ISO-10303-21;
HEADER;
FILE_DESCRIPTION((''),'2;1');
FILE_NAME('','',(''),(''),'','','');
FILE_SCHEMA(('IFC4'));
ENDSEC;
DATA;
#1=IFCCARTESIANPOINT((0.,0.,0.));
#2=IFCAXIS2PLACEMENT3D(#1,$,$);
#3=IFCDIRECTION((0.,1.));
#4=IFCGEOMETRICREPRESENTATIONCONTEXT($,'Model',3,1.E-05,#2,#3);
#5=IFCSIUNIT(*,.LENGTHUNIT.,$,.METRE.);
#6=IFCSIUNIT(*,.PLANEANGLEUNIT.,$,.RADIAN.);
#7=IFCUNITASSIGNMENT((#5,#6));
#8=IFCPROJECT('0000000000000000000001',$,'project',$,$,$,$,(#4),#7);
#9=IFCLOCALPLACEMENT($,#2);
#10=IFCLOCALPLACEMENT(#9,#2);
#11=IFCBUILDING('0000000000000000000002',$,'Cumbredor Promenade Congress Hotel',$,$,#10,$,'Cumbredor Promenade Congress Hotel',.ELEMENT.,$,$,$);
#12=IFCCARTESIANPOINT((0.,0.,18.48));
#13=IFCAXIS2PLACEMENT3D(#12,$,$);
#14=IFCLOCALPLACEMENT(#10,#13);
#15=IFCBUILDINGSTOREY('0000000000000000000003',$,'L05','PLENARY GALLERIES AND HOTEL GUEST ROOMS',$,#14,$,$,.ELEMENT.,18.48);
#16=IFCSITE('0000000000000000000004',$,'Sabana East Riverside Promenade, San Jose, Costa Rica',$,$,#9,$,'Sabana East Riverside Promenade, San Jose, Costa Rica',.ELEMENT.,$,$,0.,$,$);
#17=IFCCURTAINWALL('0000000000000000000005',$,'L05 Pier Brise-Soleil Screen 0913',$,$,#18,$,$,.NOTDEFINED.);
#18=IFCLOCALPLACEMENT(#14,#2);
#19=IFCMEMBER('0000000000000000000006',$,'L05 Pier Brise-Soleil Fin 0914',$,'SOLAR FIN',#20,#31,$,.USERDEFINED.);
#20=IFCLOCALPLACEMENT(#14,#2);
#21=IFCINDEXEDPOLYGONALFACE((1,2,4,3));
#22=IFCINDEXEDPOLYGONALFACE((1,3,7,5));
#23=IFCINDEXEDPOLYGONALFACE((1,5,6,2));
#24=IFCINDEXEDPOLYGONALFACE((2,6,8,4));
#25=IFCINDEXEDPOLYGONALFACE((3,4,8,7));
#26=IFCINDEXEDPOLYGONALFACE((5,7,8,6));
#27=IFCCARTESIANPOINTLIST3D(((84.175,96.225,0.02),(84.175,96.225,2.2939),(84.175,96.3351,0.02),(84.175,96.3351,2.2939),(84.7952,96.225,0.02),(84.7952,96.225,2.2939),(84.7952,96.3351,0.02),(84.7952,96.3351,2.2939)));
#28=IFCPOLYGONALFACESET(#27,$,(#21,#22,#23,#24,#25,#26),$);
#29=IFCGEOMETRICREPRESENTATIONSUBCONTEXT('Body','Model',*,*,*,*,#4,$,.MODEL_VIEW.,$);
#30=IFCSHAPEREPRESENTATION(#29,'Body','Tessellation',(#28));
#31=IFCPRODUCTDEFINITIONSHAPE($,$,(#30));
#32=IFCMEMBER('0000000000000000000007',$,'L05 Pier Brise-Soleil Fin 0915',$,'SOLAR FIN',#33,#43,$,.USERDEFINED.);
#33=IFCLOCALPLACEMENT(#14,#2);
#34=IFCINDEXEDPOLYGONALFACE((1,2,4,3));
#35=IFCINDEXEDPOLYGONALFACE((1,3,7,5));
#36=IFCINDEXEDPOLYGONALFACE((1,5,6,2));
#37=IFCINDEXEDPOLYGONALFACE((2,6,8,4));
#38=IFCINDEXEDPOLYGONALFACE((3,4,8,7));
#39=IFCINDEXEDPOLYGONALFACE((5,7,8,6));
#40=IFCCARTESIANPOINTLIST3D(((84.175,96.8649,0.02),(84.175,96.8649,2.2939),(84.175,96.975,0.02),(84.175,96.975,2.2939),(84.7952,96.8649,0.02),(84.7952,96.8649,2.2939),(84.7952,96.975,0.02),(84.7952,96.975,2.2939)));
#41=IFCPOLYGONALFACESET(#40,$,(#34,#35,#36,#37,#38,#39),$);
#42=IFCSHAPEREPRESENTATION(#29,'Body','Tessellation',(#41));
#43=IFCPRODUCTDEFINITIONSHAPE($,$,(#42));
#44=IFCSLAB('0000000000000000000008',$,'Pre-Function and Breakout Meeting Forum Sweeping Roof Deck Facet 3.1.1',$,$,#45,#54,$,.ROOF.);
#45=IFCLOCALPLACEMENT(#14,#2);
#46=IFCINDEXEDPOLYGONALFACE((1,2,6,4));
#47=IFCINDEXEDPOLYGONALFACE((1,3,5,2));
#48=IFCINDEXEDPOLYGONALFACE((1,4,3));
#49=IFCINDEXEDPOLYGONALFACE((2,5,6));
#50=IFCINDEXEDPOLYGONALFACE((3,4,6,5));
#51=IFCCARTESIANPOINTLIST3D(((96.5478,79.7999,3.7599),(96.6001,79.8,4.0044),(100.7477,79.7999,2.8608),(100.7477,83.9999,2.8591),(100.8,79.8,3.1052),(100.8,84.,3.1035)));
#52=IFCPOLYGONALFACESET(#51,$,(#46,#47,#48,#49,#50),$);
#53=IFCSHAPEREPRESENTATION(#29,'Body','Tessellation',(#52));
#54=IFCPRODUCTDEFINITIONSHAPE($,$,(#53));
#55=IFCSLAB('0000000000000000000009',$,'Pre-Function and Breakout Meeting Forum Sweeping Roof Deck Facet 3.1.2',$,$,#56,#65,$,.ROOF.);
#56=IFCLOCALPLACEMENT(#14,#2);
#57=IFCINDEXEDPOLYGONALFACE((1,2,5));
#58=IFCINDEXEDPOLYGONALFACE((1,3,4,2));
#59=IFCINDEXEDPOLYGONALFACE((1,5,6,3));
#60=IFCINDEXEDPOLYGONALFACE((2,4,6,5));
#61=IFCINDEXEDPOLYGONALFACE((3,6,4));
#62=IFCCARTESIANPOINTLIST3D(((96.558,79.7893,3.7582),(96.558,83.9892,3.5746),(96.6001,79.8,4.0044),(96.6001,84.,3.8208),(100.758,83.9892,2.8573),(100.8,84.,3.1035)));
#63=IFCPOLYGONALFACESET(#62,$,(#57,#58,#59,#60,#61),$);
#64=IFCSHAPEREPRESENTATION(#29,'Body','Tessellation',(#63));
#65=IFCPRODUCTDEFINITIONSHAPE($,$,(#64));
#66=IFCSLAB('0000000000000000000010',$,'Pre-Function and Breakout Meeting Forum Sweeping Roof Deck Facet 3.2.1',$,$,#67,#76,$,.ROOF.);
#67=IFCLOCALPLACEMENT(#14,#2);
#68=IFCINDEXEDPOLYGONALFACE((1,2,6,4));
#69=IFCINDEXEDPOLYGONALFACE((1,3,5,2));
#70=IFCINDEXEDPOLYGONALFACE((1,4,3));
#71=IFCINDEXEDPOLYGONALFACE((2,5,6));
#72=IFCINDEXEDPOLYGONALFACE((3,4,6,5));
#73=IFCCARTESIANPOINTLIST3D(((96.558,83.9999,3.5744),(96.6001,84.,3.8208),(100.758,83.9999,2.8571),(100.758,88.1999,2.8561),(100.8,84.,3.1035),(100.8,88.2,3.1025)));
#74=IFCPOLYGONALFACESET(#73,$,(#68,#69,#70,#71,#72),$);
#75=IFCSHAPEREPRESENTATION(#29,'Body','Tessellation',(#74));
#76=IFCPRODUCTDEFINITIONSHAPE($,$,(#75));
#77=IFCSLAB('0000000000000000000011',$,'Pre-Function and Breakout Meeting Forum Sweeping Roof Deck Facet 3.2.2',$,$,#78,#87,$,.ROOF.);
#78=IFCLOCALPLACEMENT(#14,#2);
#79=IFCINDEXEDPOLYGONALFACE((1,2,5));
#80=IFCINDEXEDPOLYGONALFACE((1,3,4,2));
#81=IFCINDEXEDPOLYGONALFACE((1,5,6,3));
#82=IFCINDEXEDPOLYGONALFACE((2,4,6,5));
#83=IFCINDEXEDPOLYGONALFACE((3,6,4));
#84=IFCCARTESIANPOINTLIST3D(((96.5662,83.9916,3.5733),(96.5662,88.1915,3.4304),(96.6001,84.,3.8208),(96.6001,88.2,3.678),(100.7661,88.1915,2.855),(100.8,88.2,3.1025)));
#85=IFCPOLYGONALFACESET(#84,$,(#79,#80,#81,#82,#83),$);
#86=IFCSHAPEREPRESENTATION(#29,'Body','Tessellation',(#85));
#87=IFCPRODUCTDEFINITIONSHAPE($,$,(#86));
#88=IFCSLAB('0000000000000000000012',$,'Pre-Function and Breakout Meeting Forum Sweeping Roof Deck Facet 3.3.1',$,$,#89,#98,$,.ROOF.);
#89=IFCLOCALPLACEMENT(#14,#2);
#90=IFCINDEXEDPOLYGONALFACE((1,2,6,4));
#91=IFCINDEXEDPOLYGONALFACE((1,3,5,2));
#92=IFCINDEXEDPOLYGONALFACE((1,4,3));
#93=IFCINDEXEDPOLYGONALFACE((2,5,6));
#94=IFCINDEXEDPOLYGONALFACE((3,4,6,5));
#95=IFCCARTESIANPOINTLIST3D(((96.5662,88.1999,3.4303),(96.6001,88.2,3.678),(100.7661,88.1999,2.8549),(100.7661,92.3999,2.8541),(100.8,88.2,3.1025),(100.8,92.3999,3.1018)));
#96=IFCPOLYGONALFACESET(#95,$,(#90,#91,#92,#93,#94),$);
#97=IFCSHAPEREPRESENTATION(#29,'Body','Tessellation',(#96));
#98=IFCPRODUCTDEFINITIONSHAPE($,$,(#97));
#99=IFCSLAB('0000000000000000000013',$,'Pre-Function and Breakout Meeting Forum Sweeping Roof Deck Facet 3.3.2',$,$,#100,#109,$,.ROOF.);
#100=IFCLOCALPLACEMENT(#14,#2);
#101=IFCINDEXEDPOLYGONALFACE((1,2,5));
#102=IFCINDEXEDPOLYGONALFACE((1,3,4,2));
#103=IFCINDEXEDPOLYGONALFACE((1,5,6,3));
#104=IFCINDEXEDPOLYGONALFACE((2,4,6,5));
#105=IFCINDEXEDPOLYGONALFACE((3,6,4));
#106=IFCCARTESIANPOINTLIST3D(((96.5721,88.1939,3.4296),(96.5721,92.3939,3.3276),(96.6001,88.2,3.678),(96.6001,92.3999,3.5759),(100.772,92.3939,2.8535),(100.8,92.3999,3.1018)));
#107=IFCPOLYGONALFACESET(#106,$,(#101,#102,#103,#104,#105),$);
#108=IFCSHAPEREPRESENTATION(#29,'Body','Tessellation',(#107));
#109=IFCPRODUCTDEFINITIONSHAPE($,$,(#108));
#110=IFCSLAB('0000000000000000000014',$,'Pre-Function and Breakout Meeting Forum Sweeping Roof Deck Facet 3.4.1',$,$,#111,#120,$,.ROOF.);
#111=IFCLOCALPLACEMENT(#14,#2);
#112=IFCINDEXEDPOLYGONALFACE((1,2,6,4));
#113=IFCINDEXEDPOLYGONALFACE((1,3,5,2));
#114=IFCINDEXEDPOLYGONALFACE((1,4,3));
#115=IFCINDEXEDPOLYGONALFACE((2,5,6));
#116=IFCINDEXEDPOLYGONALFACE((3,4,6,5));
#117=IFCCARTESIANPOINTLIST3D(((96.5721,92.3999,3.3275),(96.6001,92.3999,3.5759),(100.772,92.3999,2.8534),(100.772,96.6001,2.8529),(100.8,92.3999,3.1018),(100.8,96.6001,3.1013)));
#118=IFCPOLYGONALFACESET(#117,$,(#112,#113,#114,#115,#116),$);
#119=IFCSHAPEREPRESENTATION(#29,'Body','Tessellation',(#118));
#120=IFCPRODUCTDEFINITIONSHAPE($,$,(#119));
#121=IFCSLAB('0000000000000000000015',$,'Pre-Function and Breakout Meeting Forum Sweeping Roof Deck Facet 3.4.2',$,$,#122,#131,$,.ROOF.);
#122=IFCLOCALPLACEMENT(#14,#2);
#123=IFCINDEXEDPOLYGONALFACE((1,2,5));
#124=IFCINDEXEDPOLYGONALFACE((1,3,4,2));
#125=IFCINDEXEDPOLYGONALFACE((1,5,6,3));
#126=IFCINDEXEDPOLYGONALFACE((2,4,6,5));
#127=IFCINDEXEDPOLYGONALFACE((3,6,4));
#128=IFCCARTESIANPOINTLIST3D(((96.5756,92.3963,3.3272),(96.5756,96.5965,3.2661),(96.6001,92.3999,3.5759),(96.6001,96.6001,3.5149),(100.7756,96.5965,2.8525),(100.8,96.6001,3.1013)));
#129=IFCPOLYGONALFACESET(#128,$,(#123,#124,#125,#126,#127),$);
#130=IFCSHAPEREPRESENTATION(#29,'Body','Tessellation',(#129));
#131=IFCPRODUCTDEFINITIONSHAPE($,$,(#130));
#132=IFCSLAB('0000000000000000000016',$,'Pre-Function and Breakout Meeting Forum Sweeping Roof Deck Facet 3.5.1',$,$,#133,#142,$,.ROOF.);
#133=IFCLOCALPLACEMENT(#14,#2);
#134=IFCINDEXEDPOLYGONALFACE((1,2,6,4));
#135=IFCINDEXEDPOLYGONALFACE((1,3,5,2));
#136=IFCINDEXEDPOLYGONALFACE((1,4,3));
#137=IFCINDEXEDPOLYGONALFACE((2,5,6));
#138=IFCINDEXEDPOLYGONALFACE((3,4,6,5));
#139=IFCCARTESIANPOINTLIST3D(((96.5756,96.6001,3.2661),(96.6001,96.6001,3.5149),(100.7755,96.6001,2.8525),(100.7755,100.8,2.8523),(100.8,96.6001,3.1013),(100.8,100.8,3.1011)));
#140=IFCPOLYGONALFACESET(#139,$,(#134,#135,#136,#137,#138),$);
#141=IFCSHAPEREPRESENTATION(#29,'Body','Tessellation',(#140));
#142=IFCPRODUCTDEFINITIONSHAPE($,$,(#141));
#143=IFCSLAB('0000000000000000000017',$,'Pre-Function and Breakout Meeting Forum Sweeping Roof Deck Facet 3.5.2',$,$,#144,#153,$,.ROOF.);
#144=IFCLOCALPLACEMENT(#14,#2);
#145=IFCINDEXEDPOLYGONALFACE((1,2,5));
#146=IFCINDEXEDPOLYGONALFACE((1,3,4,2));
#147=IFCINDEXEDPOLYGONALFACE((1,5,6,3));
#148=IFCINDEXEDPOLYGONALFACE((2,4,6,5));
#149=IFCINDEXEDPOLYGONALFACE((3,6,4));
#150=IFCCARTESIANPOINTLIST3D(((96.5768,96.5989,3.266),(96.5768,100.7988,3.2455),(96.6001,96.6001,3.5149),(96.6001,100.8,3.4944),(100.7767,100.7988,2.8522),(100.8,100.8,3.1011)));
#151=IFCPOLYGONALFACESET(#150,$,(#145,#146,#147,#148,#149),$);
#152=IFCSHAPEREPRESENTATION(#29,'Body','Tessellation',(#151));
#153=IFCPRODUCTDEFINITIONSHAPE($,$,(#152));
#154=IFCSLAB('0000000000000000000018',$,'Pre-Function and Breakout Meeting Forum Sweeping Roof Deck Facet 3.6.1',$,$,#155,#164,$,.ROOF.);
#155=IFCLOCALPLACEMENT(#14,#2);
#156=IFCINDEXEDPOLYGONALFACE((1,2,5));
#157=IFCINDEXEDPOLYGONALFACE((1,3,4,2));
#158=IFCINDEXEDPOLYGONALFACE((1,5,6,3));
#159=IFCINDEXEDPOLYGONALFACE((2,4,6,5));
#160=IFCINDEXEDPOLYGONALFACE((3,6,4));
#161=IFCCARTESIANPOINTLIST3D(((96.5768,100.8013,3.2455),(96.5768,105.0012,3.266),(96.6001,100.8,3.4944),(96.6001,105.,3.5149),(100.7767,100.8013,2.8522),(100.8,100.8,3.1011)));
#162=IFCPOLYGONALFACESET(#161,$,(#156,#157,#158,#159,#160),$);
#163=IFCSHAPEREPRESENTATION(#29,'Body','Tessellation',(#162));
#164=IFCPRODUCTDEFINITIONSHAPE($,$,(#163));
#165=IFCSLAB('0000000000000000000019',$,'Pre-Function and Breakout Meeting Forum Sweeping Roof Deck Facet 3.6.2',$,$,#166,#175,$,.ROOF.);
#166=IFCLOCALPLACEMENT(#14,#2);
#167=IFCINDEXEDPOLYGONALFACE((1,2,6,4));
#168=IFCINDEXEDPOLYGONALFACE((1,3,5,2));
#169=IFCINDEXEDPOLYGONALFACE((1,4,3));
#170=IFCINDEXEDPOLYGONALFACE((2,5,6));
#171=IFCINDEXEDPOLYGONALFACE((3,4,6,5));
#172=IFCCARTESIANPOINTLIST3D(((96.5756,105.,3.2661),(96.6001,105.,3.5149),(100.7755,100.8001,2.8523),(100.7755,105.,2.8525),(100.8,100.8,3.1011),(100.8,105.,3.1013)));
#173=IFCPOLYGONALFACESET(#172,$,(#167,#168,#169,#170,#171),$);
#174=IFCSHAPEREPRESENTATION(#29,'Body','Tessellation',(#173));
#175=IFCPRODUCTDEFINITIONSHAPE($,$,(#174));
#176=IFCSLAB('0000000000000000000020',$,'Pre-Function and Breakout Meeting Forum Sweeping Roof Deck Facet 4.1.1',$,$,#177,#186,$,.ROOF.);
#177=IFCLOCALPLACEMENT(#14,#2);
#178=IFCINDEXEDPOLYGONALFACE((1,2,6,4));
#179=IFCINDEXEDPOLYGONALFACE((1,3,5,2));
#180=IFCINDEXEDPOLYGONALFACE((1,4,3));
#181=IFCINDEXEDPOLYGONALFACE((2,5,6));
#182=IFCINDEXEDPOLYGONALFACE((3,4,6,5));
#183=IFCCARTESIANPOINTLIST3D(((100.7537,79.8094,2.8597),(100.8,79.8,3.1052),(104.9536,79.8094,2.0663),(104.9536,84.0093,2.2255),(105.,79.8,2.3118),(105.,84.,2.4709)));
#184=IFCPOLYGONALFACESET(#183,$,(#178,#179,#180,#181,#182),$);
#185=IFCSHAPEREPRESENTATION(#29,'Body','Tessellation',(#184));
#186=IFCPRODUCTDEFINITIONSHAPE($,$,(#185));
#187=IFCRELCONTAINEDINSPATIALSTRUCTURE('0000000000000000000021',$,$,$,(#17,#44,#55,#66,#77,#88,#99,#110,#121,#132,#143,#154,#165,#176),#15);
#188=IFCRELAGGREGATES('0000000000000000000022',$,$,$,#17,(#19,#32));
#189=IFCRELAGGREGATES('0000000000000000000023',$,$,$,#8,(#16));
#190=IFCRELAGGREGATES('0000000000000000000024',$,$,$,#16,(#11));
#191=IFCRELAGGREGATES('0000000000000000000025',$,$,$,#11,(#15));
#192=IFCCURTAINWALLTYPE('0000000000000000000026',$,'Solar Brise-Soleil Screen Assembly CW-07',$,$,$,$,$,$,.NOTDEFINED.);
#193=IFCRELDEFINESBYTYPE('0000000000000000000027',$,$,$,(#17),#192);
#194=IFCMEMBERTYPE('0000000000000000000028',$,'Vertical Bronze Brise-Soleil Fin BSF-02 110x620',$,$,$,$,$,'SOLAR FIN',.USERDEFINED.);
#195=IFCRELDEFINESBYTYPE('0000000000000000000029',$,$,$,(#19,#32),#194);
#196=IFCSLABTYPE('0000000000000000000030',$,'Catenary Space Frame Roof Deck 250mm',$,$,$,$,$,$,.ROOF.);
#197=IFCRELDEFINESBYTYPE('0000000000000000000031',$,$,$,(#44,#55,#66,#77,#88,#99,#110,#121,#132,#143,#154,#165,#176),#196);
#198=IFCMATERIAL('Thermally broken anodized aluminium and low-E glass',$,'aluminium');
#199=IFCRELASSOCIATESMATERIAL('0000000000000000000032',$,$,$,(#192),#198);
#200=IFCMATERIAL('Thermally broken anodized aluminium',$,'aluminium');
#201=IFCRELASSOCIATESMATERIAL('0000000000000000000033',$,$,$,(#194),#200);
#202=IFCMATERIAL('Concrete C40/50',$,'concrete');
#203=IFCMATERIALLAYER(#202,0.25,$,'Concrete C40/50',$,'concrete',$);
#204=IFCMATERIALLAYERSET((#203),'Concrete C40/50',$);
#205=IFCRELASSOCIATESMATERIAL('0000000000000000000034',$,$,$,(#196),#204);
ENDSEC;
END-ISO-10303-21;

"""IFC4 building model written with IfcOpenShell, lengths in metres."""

from ifc_helpers import new_model, si_unit, direction, frame, origin, origin_2d, place, context, subcontext, project, spatial, polyline, rectangle, outline, extrude, material, layer, layer_set, material_profile, profile_set, type_object, element, aggregate, save


model = new_model("IFC4")

# Units and contexts
model_context = context("Model", 3, precision=1e-05, world=origin(), true_north=direction((0.0, 1.0)))
body_context = subcontext(model_context, "Body", "Model", "MODEL_VIEW")
ifc_project = project(units=[si_unit("LENGTHUNIT", "METRE"), si_unit("PLANEANGLEUNIT", "RADIAN")], contexts=[model_context])

# Site, building, storey
site_placement = place(None, origin())
site = spatial("IfcSite", under=ifc_project, at=site_placement, Name="Sabana East Riverside Promenade, San Jose, Costa Rica", LongName="Sabana East Riverside Promenade, San Jose, Costa Rica", CompositionType="ELEMENT", RefElevation=0.0)
building_placement = place(site_placement, origin())
building = spatial("IfcBuilding", under=site, at=building_placement, Name="Cumbredor Promenade Congress Hotel", LongName="Cumbredor Promenade Congress Hotel", CompositionType="ELEMENT")
storey_placement = place(building_placement, frame((0.0, 0.0, 18.48)))
storey = spatial("IfcBuildingStorey", under=building, at=storey_placement, Name="L05", Description="PLENARY GALLERIES AND HOTEL GUEST ROOMS", CompositionType="ELEMENT", Elevation=18.48)

# Curtain wall, members
ifc_material_1 = material(Name="Thermally broken anodized aluminium and low-E glass", Category="aluminium")
curtain_wall_type = type_object("IfcCurtainWallType", Name="Solar Brise-Soleil Screen Assembly CW-07", PredefinedType="NOTDEFINED", material=ifc_material_1)
curtain_wall_placement = place(storey_placement, origin())
curtain_wall = element("IfcCurtainWall", 1, at=curtain_wall_placement, inside=storey, type_object=curtain_wall_type, Name="L05 Pier Brise-Soleil Screen 0913", PredefinedType="NOTDEFINED")
ifc_material_2 = material(Name="Thermally broken anodized aluminium", Category="aluminium")
ifc_material_profile = material_profile(ifc_material_2, rectangle(XDim=0.1101, YDim=0.6201, at=origin_2d()), Name="ARCH FIN 110x620")
ifc_profile_set = profile_set([ifc_material_profile], Name="Thermally broken anodized aluminium")
member_type = type_object("IfcMemberType", Name="Vertical Bronze Brise-Soleil Fin BSF-02 110x620", ElementType="SOLAR FIN", PredefinedType="USERDEFINED", material=ifc_profile_set)
member_1_placement = place(storey_placement, frame((84.4851, 96.28, 0.02), z_axis=(0.0, 0.0, 1.0), x_axis=(0.0, 1.0, 0.0)))
member_1 = element("IfcMember", 2, at=member_1_placement, type_object=member_type, Name="L05 Pier Brise-Soleil Fin 0914", ObjectType="SOLAR FIN", PredefinedType="USERDEFINED", context=body_context, shape_type="SweptSolid", body=[
    extrude(rectangle(XDim=0.1101, YDim=0.6201, at=origin_2d()), origin(), (0.0, 0.0, 1.0), 2.2739),
])
member_2_placement = place(storey_placement, frame((84.4851, 96.9199, 0.02), z_axis=(0.0, 0.0, 1.0), x_axis=(0.0, 1.0, 0.0)))
member_2 = element("IfcMember", 3, at=member_2_placement, type_object=member_type, Name="L05 Pier Brise-Soleil Fin 0915", ObjectType="SOLAR FIN", PredefinedType="USERDEFINED", context=body_context, shape_type="SweptSolid", body=[
    extrude(rectangle(XDim=0.1101, YDim=0.6201, at=origin_2d()), origin(), (0.0, 0.0, 1.0), 2.2739),
])
aggregate(curtain_wall, [member_1, member_2])

# Slabs
ifc_material_3 = material(Name="Concrete C40/50", Category="concrete")
ifc_layer_1 = layer(ifc_material_3, 0.25, Name="Concrete C40/50", Category="concrete")
ifc_layer_set_1 = layer_set([ifc_layer_1], Name="Concrete C40/50")
slab_type = type_object("IfcSlabType", Name="Catenary Space Frame Roof Deck 250mm", PredefinedType="ROOF", material=ifc_layer_set_1)
slab_1_placement = place(storey_placement, frame((96.6001, 79.8, 4.0044), z_axis=(0.209347, 0.000398, 0.977841), x_axis=(0.977841, 0.0, -0.209347)))
element("IfcSlab", 4, at=slab_1_placement, inside=storey, type_object=slab_type, Name="Pre-Function and Breakout Meeting Forum Sweeping Roof Deck Facet 3.1.1", PredefinedType="ROOF", context=body_context, shape_type="SweptSolid", body=[
    extrude(outline(polyline([(0.0, 0.0), (4.2951, 0.0), (4.2955, 4.2), (0.0, 0.0)])), origin(), (0.0, 0.0, -1.0), 0.25),
])
slab_2_placement = place(storey_placement, frame((96.6001, 79.8, 4.0044), z_axis=(0.168191, 0.043049, 0.984814), x_axis=(0.699111, 0.699111, -0.149958)))
element("IfcSlab", 5, at=slab_2_placement, inside=storey, type_object=slab_type, Name="Pre-Function and Breakout Meeting Forum Sweeping Roof Deck Facet 3.1.2", PredefinedType="ROOF", context=body_context, shape_type="SweptSolid", body=[
    extrude(outline(polyline([(0.0, 0.0), (6.0076, 0.0), (2.9638, 2.9815), (0.0, 0.0)])), origin(), (0.0, 0.0, -1.0), 0.25),
])
slab_3_placement = place(storey_placement, frame((96.6001, 84.0, 3.8208), z_axis=(0.168347, 0.000229, 0.985728), x_axis=(0.985728, 0.0, -0.168347)))
element("IfcSlab", 6, at=slab_3_placement, inside=storey, type_object=slab_type, Name="Pre-Function and Breakout Meeting Forum Sweeping Roof Deck Facet 3.2.1", PredefinedType="ROOF", context=body_context, shape_type="SweptSolid", body=[
    extrude(outline(polyline([(0.0, 0.0), (4.2608, 0.0), (4.2609, 4.2), (0.0, 0.0)])), origin(), (0.0, 0.0, -1.0), 0.25),
])
slab_4_placement = place(storey_placement, frame((96.6001, 84.0, 3.8208), z_axis=(0.135666, 0.033672, 0.990182), x_axis=(0.701993, 0.701993, -0.120052)))
element("IfcSlab", 7, at=slab_4_placement, inside=storey, type_object=slab_type, Name="Pre-Function and Breakout Meeting Forum Sweeping Roof Deck Facet 3.2.2", PredefinedType="ROOF", context=body_context, shape_type="SweptSolid", body=[
    extrude(outline(polyline([(0.0, 0.0), (5.9829, 0.0), (2.9655, 2.9776), (0.0, 0.0)])), origin(), (0.0, 0.0, -1.0), 0.25),
])
slab_5_placement = place(storey_placement, frame((96.6001, 88.2, 3.678), z_axis=(0.135743, 0.000173, 0.990744), x_axis=(0.990744, 0.0, -0.135743)))
element("IfcSlab", 8, at=slab_5_placement, inside=storey, type_object=slab_type, Name="Pre-Function and Breakout Meeting Forum Sweeping Roof Deck Facet 3.3.1", PredefinedType="ROOF", context=body_context, shape_type="SweptSolid", body=[
    extrude(outline(polyline([(0.0, 0.0), (4.2392, 0.0), (4.2393, 4.2), (0.0, 0.0)])), origin(), (0.0, 0.0, -1.0), 0.25),
])
slab_6_placement = place(storey_placement, frame((96.6001, 88.2, 3.678), z_axis=(0.112142, 0.024138, 0.993399), x_axis=(0.703803, 0.703803, -0.096552)))
element("IfcSlab", 9, at=slab_6_placement, inside=storey, type_object=slab_type, Name="Pre-Function and Breakout Meeting Forum Sweeping Roof Deck Facet 3.3.2", PredefinedType="ROOF", context=body_context, shape_type="SweptSolid", body=[
    extrude(outline(polyline([(0.0, 0.0), (5.9675, 0.0), (2.9658, 2.9756), (0.0, 0.0)])), origin(), (0.0, 0.0, -1.0), 0.25),
])
slab_7_placement = place(storey_placement, frame((96.6001, 92.3999, 3.5759), z_axis=(0.112175, 0.000116, 0.993688), x_axis=(0.993688, 0.0, -0.112175)))
element("IfcSlab", 10, at=slab_7_placement, inside=storey, type_object=slab_type, Name="Pre-Function and Breakout Meeting Forum Sweeping Roof Deck Facet 3.4.1", PredefinedType="ROOF", context=body_context, shape_type="SweptSolid", body=[
    extrude(outline(polyline([(0.0, 0.0), (4.2266, 0.0), (4.2267, 4.2002), (0.0, 0.0)])), origin(), (0.0, 0.0, -1.0), 0.25),
])
slab_8_placement = place(storey_placement, frame((96.6001, 92.3999, 3.5759), z_axis=(0.097987, 0.01446, 0.995083), x_axis=(0.70484, 0.704881, -0.079649)))
element("IfcSlab", 11, at=slab_8_placement, inside=storey, type_object=slab_type, Name="Pre-Function and Breakout Meeting Forum Sweeping Roof Deck Facet 3.4.2", PredefinedType="ROOF", context=body_context, shape_type="SweptSolid", body=[
    extrude(outline(polyline([(0.0, 0.0), (5.9587, 0.0), (2.9655, 2.9751), (0.0, 0.0)])), origin(), (0.0, 0.0, -1.0), 0.25),
])
slab_9_placement = place(storey_placement, frame((96.6001, 96.6001, 3.5149), z_axis=(0.097997, 0.000058, 0.995187), x_axis=(0.995187, 0.0, -0.097997)))
element("IfcSlab", 12, at=slab_9_placement, inside=storey, type_object=slab_type, Name="Pre-Function and Breakout Meeting Forum Sweeping Roof Deck Facet 3.5.1", PredefinedType="ROOF", context=body_context, shape_type="SweptSolid", body=[
    extrude(outline(polyline([(0.0, 0.0), (4.2203, 0.0), (4.2203, 4.2), (0.0, 0.0)])), origin(), (0.0, 0.0, -1.0), 0.25),
])
slab_10_placement = place(storey_placement, frame((96.6001, 96.6001, 3.5149), z_axis=(0.093237, 0.004862, 0.995632), x_axis=(0.705397, 0.705397, -0.069502)))
element("IfcSlab", 13, at=slab_10_placement, inside=storey, type_object=slab_type, Name="Pre-Function and Breakout Meeting Forum Sweeping Roof Deck Facet 3.5.2", PredefinedType="ROOF", context=body_context, shape_type="SweptSolid", body=[
    extrude(outline(polyline([(0.0, 0.0), (5.954, 0.0), (2.9641, 2.9756), (0.0, 0.0)])), origin(), (0.0, 0.0, -1.0), 0.25),
])
slab_11_placement = place(storey_placement, frame((96.6001, 100.8, 3.4944), z_axis=(0.093237, -0.004862, 0.995632), x_axis=(0.995644, 0.0, -0.093239)))
element("IfcSlab", 14, at=slab_11_placement, inside=storey, type_object=slab_type, Name="Pre-Function and Breakout Meeting Forum Sweeping Roof Deck Facet 3.6.1", PredefinedType="ROOF", context=body_context, shape_type="SweptSolid", body=[
    extrude(outline(polyline([(0.0, 0.0), (4.2183, 0.0), (-0.0019, 4.2), (0.0, 0.0)])), origin(), (0.0, 0.0, -1.0), 0.25),
])
slab_12_placement = place(storey_placement, frame((100.8, 100.8, 3.1011), z_axis=(0.097997, -0.000058, 0.995187), x_axis=(0.0, 1.0, 0.000058)))
element("IfcSlab", 15, at=slab_12_placement, inside=storey, type_object=slab_type, Name="Pre-Function and Breakout Meeting Forum Sweeping Roof Deck Facet 3.6.2", PredefinedType="ROOF", context=body_context, shape_type="SweptSolid", body=[
    extrude(outline(polyline([(0.0, 0.0), (4.2, 0.0), (4.2, 4.2203), (0.0, 0.0)])), origin(), (0.0, 0.0, -1.0), 0.25),
])
slab_13_placement = place(storey_placement, frame((100.8, 79.8, 3.1052), z_axis=(0.185508, -0.037216, 0.981938), x_axis=(0.982618, 0.0, -0.185637)))
element("IfcSlab", 16, at=slab_13_placement, inside=storey, type_object=slab_type, Name="Pre-Function and Breakout Meeting Forum Sweeping Roof Deck Facet 4.1.1", PredefinedType="ROOF", context=body_context, shape_type="SweptSolid", body=[
    extrude(outline(polyline([(0.0, 0.0), (4.2742, 0.0), (4.2447, 4.2029), (0.0, 0.0)])), origin(), (0.0, 0.0, -1.0), 0.25),
])

save(model, "model.ifc")
